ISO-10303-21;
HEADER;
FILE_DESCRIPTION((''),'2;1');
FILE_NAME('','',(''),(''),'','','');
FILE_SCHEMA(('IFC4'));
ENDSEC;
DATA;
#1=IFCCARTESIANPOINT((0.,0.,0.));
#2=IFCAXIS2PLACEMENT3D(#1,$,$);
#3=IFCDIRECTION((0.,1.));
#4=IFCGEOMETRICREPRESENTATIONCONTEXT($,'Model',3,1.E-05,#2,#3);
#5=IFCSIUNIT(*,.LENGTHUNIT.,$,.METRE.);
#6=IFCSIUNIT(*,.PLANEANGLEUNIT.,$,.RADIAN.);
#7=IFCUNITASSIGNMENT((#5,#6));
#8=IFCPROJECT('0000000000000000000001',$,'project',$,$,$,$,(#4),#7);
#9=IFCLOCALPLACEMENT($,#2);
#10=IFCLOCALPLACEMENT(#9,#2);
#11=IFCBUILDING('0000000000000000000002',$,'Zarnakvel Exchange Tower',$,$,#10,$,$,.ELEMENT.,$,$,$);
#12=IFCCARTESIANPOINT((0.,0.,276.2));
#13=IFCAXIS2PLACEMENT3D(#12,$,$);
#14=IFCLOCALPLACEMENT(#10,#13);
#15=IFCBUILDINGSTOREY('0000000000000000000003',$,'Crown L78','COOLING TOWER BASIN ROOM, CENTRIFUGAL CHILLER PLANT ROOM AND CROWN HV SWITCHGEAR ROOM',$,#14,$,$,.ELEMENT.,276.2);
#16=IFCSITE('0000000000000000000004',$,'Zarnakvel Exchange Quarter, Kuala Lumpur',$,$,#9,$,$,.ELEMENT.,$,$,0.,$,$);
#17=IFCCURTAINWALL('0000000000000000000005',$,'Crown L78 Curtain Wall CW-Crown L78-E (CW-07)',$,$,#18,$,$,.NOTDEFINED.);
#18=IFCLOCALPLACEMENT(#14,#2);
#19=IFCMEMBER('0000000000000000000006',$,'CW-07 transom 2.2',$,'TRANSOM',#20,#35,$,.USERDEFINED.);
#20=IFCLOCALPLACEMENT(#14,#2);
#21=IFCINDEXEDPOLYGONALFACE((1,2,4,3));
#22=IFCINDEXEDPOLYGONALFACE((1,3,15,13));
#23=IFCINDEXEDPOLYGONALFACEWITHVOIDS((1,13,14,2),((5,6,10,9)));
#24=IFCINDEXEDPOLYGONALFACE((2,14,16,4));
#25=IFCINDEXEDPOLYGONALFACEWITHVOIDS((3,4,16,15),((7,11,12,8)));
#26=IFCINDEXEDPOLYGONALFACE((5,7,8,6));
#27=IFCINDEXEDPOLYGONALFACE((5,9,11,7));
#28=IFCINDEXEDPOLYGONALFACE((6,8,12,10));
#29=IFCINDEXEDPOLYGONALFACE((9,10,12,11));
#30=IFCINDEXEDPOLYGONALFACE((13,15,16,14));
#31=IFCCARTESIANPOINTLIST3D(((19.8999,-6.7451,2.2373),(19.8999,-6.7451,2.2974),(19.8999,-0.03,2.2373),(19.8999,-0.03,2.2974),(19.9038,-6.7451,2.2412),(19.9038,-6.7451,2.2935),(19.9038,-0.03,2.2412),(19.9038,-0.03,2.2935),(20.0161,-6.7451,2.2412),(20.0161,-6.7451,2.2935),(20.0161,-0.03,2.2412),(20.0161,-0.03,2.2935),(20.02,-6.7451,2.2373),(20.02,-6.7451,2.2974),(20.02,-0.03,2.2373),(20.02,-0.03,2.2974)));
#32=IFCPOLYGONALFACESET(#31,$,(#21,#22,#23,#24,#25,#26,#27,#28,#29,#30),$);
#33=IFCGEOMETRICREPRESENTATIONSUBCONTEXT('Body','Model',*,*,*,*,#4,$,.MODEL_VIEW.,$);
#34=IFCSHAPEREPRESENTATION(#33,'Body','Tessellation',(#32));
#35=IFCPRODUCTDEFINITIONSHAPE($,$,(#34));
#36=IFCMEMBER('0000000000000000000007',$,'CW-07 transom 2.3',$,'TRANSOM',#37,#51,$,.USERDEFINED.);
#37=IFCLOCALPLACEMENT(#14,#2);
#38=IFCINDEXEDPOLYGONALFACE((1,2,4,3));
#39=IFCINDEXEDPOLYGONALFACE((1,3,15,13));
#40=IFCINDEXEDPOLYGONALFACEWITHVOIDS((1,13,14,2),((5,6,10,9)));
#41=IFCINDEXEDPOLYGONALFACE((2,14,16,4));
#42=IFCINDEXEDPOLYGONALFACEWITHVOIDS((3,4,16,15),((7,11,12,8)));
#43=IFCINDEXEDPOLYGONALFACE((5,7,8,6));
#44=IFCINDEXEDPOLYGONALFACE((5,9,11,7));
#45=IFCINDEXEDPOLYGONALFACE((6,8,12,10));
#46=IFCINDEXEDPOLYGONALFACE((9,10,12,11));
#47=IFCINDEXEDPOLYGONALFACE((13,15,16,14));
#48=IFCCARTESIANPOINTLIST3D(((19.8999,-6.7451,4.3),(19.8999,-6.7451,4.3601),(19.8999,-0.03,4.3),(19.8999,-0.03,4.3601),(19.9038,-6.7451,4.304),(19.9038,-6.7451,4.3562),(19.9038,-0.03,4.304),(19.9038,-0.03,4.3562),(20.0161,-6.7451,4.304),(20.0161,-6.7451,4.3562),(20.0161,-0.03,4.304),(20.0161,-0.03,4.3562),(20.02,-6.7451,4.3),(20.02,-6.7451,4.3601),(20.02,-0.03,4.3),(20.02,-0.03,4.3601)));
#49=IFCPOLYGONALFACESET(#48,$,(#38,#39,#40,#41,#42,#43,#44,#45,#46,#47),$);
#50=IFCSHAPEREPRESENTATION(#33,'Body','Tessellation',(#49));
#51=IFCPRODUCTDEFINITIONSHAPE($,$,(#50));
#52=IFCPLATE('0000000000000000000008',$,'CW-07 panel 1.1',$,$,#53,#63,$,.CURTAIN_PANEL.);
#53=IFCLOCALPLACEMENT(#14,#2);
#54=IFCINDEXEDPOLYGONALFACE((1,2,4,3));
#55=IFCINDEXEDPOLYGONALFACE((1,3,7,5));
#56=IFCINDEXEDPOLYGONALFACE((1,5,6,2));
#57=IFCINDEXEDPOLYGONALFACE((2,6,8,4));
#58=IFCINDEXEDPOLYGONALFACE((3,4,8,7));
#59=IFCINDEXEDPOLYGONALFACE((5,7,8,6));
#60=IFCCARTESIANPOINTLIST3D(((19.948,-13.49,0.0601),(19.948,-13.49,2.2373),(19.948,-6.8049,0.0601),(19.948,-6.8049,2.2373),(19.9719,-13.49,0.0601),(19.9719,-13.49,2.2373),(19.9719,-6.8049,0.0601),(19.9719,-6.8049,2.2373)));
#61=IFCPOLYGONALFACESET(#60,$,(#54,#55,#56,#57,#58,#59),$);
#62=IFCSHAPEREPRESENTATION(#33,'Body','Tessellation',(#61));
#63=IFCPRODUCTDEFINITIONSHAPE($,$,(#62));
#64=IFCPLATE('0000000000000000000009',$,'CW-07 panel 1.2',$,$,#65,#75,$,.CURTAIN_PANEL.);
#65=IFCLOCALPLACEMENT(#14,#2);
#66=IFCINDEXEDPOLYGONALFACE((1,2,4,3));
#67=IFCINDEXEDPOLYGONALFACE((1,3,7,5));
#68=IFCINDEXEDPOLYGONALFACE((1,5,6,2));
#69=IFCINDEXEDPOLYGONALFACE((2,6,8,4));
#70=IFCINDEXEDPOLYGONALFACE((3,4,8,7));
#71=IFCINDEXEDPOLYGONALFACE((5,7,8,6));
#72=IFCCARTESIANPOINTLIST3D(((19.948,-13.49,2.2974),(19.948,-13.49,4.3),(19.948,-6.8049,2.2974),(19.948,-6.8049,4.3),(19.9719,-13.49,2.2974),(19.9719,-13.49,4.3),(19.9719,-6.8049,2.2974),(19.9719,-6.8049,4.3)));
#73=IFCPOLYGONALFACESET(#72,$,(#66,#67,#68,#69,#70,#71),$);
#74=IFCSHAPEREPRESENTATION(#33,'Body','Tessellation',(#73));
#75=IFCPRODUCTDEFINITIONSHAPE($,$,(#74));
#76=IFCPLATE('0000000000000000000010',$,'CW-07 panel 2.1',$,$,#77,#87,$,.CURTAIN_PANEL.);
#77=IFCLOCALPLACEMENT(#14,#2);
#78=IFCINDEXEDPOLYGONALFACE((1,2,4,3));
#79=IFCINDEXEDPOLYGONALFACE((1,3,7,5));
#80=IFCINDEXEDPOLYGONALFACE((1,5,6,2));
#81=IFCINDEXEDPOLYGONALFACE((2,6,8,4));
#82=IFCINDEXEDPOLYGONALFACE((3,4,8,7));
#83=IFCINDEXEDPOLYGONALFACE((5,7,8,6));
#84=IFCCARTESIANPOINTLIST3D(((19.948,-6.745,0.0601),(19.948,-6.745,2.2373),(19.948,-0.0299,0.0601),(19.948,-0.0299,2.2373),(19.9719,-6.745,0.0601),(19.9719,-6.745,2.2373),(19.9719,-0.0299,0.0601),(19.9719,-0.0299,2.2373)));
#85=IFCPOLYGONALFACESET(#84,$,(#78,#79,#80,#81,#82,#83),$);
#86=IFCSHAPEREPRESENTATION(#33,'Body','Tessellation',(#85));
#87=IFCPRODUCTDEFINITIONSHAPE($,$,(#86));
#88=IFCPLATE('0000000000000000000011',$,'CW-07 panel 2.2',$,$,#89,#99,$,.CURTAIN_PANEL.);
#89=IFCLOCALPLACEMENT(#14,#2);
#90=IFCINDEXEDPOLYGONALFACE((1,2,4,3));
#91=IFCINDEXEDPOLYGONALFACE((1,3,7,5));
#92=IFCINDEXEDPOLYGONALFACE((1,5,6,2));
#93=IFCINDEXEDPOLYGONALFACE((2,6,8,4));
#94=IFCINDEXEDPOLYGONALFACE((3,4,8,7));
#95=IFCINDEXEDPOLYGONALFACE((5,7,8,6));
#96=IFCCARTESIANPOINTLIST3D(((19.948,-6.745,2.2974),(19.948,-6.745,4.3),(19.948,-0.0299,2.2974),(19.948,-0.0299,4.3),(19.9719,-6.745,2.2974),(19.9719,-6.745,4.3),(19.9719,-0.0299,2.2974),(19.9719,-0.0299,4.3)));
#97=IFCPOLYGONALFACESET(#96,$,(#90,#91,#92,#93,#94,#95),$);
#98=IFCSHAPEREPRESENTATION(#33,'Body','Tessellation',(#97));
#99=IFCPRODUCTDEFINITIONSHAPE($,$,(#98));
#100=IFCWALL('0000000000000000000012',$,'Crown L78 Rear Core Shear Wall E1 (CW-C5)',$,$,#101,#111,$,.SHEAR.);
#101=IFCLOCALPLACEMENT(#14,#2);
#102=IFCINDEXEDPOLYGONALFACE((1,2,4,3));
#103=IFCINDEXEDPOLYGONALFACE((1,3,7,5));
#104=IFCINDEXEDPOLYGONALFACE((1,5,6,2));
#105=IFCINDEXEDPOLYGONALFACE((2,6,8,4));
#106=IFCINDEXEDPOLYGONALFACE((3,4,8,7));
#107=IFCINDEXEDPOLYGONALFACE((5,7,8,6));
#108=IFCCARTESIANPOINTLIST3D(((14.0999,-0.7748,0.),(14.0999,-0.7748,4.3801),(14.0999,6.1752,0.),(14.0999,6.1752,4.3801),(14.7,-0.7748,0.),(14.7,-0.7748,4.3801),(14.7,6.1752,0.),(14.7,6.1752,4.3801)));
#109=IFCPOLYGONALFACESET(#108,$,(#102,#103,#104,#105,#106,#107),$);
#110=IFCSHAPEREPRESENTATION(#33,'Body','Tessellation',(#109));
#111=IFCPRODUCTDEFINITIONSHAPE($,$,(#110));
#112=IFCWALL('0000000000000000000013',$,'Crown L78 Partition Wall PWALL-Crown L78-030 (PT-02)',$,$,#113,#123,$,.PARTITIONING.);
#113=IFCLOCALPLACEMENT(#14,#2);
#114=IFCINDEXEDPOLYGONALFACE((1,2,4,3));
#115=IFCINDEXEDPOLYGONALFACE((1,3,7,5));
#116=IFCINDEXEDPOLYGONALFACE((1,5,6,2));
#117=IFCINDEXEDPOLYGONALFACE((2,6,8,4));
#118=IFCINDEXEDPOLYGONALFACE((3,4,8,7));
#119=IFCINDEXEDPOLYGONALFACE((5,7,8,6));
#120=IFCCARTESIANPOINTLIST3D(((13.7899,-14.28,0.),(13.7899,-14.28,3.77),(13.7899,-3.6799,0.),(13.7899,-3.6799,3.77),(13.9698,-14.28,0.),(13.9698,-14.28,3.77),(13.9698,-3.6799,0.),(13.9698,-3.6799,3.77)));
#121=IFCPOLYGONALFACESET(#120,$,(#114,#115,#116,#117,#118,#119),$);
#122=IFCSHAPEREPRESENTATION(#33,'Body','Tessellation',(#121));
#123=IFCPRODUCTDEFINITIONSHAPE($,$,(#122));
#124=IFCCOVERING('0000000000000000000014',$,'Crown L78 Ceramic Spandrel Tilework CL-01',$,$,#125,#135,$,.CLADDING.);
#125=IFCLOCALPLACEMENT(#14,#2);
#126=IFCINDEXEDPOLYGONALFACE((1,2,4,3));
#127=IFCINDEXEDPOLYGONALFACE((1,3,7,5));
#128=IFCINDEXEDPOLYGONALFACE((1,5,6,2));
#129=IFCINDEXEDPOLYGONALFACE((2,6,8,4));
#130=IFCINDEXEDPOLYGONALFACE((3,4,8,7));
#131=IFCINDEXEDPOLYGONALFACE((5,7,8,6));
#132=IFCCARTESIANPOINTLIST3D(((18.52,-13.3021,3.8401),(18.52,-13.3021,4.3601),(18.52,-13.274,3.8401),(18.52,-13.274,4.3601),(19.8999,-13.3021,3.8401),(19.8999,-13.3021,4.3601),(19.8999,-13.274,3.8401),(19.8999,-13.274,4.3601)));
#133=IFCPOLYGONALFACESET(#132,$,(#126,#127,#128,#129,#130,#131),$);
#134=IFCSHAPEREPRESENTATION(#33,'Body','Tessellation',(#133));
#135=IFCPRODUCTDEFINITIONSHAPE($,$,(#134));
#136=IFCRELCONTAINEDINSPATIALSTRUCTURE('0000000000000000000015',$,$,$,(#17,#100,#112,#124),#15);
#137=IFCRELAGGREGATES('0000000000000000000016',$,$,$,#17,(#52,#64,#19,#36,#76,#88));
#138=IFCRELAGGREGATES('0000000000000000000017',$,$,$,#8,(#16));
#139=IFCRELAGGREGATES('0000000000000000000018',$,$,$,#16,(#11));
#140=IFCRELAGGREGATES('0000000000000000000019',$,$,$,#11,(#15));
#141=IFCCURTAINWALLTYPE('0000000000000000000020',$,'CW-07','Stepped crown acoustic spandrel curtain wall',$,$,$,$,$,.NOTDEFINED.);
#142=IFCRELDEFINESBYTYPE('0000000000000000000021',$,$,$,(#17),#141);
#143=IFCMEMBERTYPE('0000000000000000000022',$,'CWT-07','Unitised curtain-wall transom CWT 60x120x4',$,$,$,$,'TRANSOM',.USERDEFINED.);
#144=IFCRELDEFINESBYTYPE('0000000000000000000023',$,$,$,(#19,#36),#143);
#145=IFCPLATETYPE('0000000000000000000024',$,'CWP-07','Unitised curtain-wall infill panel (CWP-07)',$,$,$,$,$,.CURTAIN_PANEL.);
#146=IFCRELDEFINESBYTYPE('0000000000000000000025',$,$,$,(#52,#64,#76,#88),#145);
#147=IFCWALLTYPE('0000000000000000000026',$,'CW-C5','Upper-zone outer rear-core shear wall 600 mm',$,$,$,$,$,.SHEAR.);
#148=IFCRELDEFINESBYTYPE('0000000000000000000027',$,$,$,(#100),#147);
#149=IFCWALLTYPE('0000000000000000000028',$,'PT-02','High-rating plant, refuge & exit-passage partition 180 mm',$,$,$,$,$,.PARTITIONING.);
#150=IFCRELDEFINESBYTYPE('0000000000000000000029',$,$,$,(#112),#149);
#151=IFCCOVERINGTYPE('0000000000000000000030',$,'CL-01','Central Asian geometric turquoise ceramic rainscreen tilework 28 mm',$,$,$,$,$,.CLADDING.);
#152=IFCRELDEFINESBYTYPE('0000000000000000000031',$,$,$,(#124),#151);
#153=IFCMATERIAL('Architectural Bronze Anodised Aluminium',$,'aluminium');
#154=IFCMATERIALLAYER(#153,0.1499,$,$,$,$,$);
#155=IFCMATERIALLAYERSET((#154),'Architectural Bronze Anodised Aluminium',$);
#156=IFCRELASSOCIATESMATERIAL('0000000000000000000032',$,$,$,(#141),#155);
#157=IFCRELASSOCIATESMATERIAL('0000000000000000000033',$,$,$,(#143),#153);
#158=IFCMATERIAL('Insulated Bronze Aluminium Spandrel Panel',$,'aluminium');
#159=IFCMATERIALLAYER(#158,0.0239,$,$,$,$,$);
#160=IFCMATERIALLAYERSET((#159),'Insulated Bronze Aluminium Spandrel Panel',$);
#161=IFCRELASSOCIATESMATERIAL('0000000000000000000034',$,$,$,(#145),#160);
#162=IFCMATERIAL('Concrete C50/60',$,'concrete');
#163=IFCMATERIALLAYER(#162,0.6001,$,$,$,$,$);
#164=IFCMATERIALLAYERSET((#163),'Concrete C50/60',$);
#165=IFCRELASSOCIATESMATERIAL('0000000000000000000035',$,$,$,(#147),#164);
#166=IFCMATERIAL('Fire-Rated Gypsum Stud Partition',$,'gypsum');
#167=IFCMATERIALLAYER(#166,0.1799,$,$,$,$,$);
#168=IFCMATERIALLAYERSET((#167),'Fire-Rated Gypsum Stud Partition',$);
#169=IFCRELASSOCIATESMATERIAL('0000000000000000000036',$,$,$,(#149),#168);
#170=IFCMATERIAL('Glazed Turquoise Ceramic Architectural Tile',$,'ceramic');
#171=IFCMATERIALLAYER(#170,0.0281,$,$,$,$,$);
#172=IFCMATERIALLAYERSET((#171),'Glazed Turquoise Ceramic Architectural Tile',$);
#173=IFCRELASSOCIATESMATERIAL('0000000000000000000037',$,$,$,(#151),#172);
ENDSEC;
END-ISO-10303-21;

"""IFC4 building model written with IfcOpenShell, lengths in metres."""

from ifc_helpers import new_model, si_unit, direction, frame, frame_2d, origin, origin_2d, place, context, subcontext, project, spatial, rectangle, hollow_rectangle, extrude, source, transform, mapped, material, layer, layer_set, material_profile, profile_set, type_object, element, aggregate, save


model = new_model("IFC4")

# Units and contexts
model_context = context("Model", 3, precision=1e-05, world=origin(), true_north=direction((0.0, 1.0)))
body_context = subcontext(model_context, "Body", "Model", "MODEL_VIEW")
ifc_project = project(units=[si_unit("LENGTHUNIT", "METRE"), si_unit("PLANEANGLEUNIT", "RADIAN")], contexts=[model_context])

# Site, building, storey
site_placement = place(None, origin())
site = spatial("IfcSite", under=ifc_project, at=site_placement, Name="Zarnakvel Exchange Quarter, Kuala Lumpur", CompositionType="ELEMENT", RefElevation=0.0)
building_placement = place(site_placement, origin())
building = spatial("IfcBuilding", under=site, at=building_placement, Name="Zarnakvel Exchange Tower", CompositionType="ELEMENT")
storey_placement = place(building_placement, frame((0.0, 0.0, 276.2)))
storey = spatial("IfcBuildingStorey", under=building, at=storey_placement, Name="Crown L78", Description="COOLING TOWER BASIN ROOM, CENTRIFUGAL CHILLER PLANT ROOM AND CROWN HV SWITCHGEAR ROOM", CompositionType="ELEMENT", Elevation=276.2)

# Shared definitions
ifc_material_1 = material(Name="Concrete C50/60", Category="concrete")

# Curtain wall, members, plates
ifc_material_2 = material(Name="Architectural Bronze Anodised Aluminium", Category="aluminium")
ifc_layer_1 = layer(ifc_material_2, 0.1499)
ifc_layer_set_1 = layer_set([ifc_layer_1], Name="Architectural Bronze Anodised Aluminium")
curtain_wall_type = type_object("IfcCurtainWallType", Name="CW-07", Description="Stepped crown acoustic spandrel curtain wall", PredefinedType="NOTDEFINED", material=ifc_layer_set_1)
curtain_wall_placement = place(storey_placement, origin())
curtain_wall = element("IfcCurtainWall", 1, at=curtain_wall_placement, inside=storey, type_object=curtain_wall_type, Name="Crown L78 Curtain Wall CW-Crown L78-E (CW-07)", PredefinedType="NOTDEFINED")
ifc_material_profile_1 = material_profile(ifc_material_2, hollow_rectangle(XDim=0.1201, YDim=0.0601, WallThickness=0.0039, at=origin_2d()))
ifc_profile_set_1 = profile_set([ifc_material_profile_1], Name="Architectural Bronze Anodised Aluminium")
member_type_1 = type_object("IfcMemberType", Name="CWT-07", Description="Unitised curtain-wall transom CWT 60x120x4", ElementType="TRANSOM", PredefinedType="USERDEFINED", material=ifc_profile_set_1)
shared_shape_1 = source(origin(), body_context, "Body", "SweptSolid", [
    extrude(hollow_rectangle(XDim=0.1201, YDim=0.0601, WallThickness=0.0039, at=origin_2d()), origin(), (0.0, 0.0, 1.0), 6.7151),
])
member_1_placement = place(storey_placement, frame((19.96, -6.7451, 2.2673), z_axis=(0.0, 1.0, 0.0), x_axis=(-1.0, 0.0, 0.0)))
member_1 = element("IfcMember", 2, at=member_1_placement, type_object=member_type_1, Name="CW-07 transom 2.2", ObjectType="TRANSOM", PredefinedType="USERDEFINED", context=body_context, shape_type="MappedRepresentation", body=[
    mapped(shared_shape_1, transform((0.0, 0.0, 0.0), x_axis=(1.0, 0.0, 0.0), y_axis=(0.0, 1.0, 0.0), z_axis=(0.0, 0.0, 1.0), scale=1.0)),
])
member_2_placement = place(storey_placement, frame((19.96, -6.7451, 4.3301), z_axis=(0.0, 1.0, 0.0), x_axis=(-1.0, 0.0, 0.0)))
member_2 = element("IfcMember", 3, at=member_2_placement, type_object=member_type_1, Name="CW-07 transom 2.3", ObjectType="TRANSOM", PredefinedType="USERDEFINED", context=body_context, shape_type="MappedRepresentation", body=[
    mapped(shared_shape_1, transform((0.0, 0.0, 0.0), x_axis=(1.0, 0.0, 0.0), y_axis=(0.0, 1.0, 0.0), z_axis=(0.0, 0.0, 1.0), scale=1.0)),
])
ifc_material_3 = material(Name="Insulated Bronze Aluminium Spandrel Panel", Category="aluminium")
ifc_layer_2 = layer(ifc_material_3, 0.0239)
ifc_layer_set_2 = layer_set([ifc_layer_2], Name="Insulated Bronze Aluminium Spandrel Panel")
plate_type = type_object("IfcPlateType", Name="CWP-07", Description="Unitised curtain-wall infill panel (CWP-07)", PredefinedType="CURTAIN_PANEL", material=ifc_layer_set_2)
shared_shape_2 = source(origin(), body_context, "Body", "SweptSolid", [
    extrude(rectangle(XDim=6.6851, YDim=0.0239, at=origin_2d()), origin(), (0.0, 0.0, 1.0), 2.1772),
])
plate_1_placement = place(storey_placement, frame((19.96, -10.1475, 0.0601), z_axis=(0.0, 0.0, 1.0), x_axis=(0.0, 1.0, 0.0)))
plate_1 = element("IfcPlate", 4, at=plate_1_placement, type_object=plate_type, Name="CW-07 panel 1.1", PredefinedType="CURTAIN_PANEL", context=body_context, shape_type="MappedRepresentation", body=[
    mapped(shared_shape_2, transform((0.0, 0.0, 0.0), x_axis=(1.0, 0.0, 0.0), y_axis=(0.0, 1.0, 0.0), z_axis=(0.0, 0.0, 1.0), scale=1.0)),
])
shared_shape_3 = source(origin(), body_context, "Body", "SweptSolid", [
    extrude(rectangle(XDim=6.6851, YDim=0.0239, at=origin_2d()), origin(), (0.0, 0.0, 1.0), 2.0027),
])
plate_2_placement = place(storey_placement, frame((19.96, -10.1475, 2.2974), z_axis=(0.0, 0.0, 1.0), x_axis=(0.0, 1.0, 0.0)))
plate_2 = element("IfcPlate", 5, at=plate_2_placement, type_object=plate_type, Name="CW-07 panel 1.2", PredefinedType="CURTAIN_PANEL", context=body_context, shape_type="MappedRepresentation", body=[
    mapped(shared_shape_3, transform((0.0, 0.0, 0.0), x_axis=(1.0, 0.0, 0.0), y_axis=(0.0, 1.0, 0.0), z_axis=(0.0, 0.0, 1.0), scale=1.0)),
])
shared_shape_4 = source(origin(), body_context, "Body", "SweptSolid", [
    extrude(rectangle(XDim=6.7151, YDim=0.0239, at=origin_2d()), origin(), (0.0, 0.0, 1.0), 2.1772),
])
plate_3_placement = place(storey_placement, frame((19.96, -3.3875, 0.0601), z_axis=(0.0, 0.0, 1.0), x_axis=(0.0, 1.0, 0.0)))
plate_3 = element("IfcPlate", 6, at=plate_3_placement, type_object=plate_type, Name="CW-07 panel 2.1", PredefinedType="CURTAIN_PANEL", context=body_context, shape_type="MappedRepresentation", body=[
    mapped(shared_shape_4, transform((0.0, 0.0, 0.0), x_axis=(1.0, 0.0, 0.0), y_axis=(0.0, 1.0, 0.0), z_axis=(0.0, 0.0, 1.0), scale=1.0)),
])
shared_shape_5 = source(origin(), body_context, "Body", "SweptSolid", [
    extrude(rectangle(XDim=6.7151, YDim=0.0239, at=origin_2d()), origin(), (0.0, 0.0, 1.0), 2.0027),
])
plate_4_placement = place(storey_placement, frame((19.96, -3.3875, 2.2974), z_axis=(0.0, 0.0, 1.0), x_axis=(0.0, 1.0, 0.0)))
plate_4 = element("IfcPlate", 7, at=plate_4_placement, type_object=plate_type, Name="CW-07 panel 2.2", PredefinedType="CURTAIN_PANEL", context=body_context, shape_type="MappedRepresentation", body=[
    mapped(shared_shape_5, transform((0.0, 0.0, 0.0), x_axis=(1.0, 0.0, 0.0), y_axis=(0.0, 1.0, 0.0), z_axis=(0.0, 0.0, 1.0), scale=1.0)),
])
aggregate(curtain_wall, [plate_1, plate_2, member_1, member_2, plate_3, plate_4])

# Wall
ifc_layer_3 = layer(ifc_material_1, 0.6001)
ifc_layer_set_3 = layer_set([ifc_layer_3], Name="Concrete C50/60")
wall_type_1 = type_object("IfcWallType", Name="CW-C5", Description="Upper-zone outer rear-core shear wall 600 mm", PredefinedType="SHEAR", material=ifc_layer_set_3)
wall_1_placement = place(storey_placement, frame((14.3999, -0.7749, 0.0), z_axis=(0.0, 0.0, 1.0), x_axis=(0.0, 1.0, 0.0)))
element("IfcWall", 8, at=wall_1_placement, inside=storey, type_object=wall_type_1, Name="Crown L78 Rear Core Shear Wall E1 (CW-C5)", PredefinedType="SHEAR", context=body_context, shape_type="SweptSolid", body=[
    extrude(rectangle(XDim=6.95, YDim=0.6001, at=frame_2d((3.4751, 0.0))), origin(), (0.0, 0.0, 1.0), 4.3801),
])

# Wall
ifc_material_4 = material(Name="Fire-Rated Gypsum Stud Partition", Category="gypsum")
ifc_layer_4 = layer(ifc_material_4, 0.1799)
ifc_layer_set_4 = layer_set([ifc_layer_4], Name="Fire-Rated Gypsum Stud Partition")
wall_type_2 = type_object("IfcWallType", Name="PT-02", Description="High-rating plant, refuge & exit-passage partition 180 mm", PredefinedType="PARTITIONING", material=ifc_layer_set_4)
wall_2_placement = place(storey_placement, frame((13.8799, -3.6799, 0.0), z_axis=(0.0, 0.0, 1.0), x_axis=(0.0, -1.0, 0.0)))
element("IfcWall", 9, at=wall_2_placement, inside=storey, type_object=wall_type_2, Name="Crown L78 Partition Wall PWALL-Crown L78-030 (PT-02)", PredefinedType="PARTITIONING", context=body_context, shape_type="SweptSolid", body=[
    extrude(rectangle(XDim=10.6001, YDim=0.1799, at=frame_2d((5.3, 0.0))), origin(), (0.0, 0.0, 1.0), 3.77),
])

# Covering
ifc_material_5 = material(Name="Glazed Turquoise Ceramic Architectural Tile", Category="ceramic")
ifc_layer_5 = layer(ifc_material_5, 0.0281)
ifc_layer_set_5 = layer_set([ifc_layer_5], Name="Glazed Turquoise Ceramic Architectural Tile")
covering_type = type_object("IfcCoveringType", Name="CL-01", Description="Central Asian geometric turquoise ceramic rainscreen tilework 28 mm", PredefinedType="CLADDING", material=ifc_layer_set_5)
shared_shape_6 = source(origin(), body_context, "Body", "SweptSolid", [
    extrude(rectangle(XDim=1.3799, YDim=0.0281, at=origin_2d()), origin(), (0.0, 0.0, 1.0), 0.52),
])
covering_placement = place(storey_placement, frame((19.21, -13.2881, 3.8401), z_axis=(0.0, 0.0, 1.0), x_axis=(1.0, 0.0, 0.0)))
element("IfcCovering", 10, at=covering_placement, inside=storey, type_object=covering_type, Name="Crown L78 Ceramic Spandrel Tilework CL-01", PredefinedType="CLADDING", context=body_context, shape_type="MappedRepresentation", body=[
    mapped(shared_shape_6, transform((0.0, 0.0, 0.0), x_axis=(1.0, 0.0, 0.0), y_axis=(0.0, 1.0, 0.0), z_axis=(0.0, 0.0, 1.0), scale=1.0)),
])

save(model, "model.ifc")
